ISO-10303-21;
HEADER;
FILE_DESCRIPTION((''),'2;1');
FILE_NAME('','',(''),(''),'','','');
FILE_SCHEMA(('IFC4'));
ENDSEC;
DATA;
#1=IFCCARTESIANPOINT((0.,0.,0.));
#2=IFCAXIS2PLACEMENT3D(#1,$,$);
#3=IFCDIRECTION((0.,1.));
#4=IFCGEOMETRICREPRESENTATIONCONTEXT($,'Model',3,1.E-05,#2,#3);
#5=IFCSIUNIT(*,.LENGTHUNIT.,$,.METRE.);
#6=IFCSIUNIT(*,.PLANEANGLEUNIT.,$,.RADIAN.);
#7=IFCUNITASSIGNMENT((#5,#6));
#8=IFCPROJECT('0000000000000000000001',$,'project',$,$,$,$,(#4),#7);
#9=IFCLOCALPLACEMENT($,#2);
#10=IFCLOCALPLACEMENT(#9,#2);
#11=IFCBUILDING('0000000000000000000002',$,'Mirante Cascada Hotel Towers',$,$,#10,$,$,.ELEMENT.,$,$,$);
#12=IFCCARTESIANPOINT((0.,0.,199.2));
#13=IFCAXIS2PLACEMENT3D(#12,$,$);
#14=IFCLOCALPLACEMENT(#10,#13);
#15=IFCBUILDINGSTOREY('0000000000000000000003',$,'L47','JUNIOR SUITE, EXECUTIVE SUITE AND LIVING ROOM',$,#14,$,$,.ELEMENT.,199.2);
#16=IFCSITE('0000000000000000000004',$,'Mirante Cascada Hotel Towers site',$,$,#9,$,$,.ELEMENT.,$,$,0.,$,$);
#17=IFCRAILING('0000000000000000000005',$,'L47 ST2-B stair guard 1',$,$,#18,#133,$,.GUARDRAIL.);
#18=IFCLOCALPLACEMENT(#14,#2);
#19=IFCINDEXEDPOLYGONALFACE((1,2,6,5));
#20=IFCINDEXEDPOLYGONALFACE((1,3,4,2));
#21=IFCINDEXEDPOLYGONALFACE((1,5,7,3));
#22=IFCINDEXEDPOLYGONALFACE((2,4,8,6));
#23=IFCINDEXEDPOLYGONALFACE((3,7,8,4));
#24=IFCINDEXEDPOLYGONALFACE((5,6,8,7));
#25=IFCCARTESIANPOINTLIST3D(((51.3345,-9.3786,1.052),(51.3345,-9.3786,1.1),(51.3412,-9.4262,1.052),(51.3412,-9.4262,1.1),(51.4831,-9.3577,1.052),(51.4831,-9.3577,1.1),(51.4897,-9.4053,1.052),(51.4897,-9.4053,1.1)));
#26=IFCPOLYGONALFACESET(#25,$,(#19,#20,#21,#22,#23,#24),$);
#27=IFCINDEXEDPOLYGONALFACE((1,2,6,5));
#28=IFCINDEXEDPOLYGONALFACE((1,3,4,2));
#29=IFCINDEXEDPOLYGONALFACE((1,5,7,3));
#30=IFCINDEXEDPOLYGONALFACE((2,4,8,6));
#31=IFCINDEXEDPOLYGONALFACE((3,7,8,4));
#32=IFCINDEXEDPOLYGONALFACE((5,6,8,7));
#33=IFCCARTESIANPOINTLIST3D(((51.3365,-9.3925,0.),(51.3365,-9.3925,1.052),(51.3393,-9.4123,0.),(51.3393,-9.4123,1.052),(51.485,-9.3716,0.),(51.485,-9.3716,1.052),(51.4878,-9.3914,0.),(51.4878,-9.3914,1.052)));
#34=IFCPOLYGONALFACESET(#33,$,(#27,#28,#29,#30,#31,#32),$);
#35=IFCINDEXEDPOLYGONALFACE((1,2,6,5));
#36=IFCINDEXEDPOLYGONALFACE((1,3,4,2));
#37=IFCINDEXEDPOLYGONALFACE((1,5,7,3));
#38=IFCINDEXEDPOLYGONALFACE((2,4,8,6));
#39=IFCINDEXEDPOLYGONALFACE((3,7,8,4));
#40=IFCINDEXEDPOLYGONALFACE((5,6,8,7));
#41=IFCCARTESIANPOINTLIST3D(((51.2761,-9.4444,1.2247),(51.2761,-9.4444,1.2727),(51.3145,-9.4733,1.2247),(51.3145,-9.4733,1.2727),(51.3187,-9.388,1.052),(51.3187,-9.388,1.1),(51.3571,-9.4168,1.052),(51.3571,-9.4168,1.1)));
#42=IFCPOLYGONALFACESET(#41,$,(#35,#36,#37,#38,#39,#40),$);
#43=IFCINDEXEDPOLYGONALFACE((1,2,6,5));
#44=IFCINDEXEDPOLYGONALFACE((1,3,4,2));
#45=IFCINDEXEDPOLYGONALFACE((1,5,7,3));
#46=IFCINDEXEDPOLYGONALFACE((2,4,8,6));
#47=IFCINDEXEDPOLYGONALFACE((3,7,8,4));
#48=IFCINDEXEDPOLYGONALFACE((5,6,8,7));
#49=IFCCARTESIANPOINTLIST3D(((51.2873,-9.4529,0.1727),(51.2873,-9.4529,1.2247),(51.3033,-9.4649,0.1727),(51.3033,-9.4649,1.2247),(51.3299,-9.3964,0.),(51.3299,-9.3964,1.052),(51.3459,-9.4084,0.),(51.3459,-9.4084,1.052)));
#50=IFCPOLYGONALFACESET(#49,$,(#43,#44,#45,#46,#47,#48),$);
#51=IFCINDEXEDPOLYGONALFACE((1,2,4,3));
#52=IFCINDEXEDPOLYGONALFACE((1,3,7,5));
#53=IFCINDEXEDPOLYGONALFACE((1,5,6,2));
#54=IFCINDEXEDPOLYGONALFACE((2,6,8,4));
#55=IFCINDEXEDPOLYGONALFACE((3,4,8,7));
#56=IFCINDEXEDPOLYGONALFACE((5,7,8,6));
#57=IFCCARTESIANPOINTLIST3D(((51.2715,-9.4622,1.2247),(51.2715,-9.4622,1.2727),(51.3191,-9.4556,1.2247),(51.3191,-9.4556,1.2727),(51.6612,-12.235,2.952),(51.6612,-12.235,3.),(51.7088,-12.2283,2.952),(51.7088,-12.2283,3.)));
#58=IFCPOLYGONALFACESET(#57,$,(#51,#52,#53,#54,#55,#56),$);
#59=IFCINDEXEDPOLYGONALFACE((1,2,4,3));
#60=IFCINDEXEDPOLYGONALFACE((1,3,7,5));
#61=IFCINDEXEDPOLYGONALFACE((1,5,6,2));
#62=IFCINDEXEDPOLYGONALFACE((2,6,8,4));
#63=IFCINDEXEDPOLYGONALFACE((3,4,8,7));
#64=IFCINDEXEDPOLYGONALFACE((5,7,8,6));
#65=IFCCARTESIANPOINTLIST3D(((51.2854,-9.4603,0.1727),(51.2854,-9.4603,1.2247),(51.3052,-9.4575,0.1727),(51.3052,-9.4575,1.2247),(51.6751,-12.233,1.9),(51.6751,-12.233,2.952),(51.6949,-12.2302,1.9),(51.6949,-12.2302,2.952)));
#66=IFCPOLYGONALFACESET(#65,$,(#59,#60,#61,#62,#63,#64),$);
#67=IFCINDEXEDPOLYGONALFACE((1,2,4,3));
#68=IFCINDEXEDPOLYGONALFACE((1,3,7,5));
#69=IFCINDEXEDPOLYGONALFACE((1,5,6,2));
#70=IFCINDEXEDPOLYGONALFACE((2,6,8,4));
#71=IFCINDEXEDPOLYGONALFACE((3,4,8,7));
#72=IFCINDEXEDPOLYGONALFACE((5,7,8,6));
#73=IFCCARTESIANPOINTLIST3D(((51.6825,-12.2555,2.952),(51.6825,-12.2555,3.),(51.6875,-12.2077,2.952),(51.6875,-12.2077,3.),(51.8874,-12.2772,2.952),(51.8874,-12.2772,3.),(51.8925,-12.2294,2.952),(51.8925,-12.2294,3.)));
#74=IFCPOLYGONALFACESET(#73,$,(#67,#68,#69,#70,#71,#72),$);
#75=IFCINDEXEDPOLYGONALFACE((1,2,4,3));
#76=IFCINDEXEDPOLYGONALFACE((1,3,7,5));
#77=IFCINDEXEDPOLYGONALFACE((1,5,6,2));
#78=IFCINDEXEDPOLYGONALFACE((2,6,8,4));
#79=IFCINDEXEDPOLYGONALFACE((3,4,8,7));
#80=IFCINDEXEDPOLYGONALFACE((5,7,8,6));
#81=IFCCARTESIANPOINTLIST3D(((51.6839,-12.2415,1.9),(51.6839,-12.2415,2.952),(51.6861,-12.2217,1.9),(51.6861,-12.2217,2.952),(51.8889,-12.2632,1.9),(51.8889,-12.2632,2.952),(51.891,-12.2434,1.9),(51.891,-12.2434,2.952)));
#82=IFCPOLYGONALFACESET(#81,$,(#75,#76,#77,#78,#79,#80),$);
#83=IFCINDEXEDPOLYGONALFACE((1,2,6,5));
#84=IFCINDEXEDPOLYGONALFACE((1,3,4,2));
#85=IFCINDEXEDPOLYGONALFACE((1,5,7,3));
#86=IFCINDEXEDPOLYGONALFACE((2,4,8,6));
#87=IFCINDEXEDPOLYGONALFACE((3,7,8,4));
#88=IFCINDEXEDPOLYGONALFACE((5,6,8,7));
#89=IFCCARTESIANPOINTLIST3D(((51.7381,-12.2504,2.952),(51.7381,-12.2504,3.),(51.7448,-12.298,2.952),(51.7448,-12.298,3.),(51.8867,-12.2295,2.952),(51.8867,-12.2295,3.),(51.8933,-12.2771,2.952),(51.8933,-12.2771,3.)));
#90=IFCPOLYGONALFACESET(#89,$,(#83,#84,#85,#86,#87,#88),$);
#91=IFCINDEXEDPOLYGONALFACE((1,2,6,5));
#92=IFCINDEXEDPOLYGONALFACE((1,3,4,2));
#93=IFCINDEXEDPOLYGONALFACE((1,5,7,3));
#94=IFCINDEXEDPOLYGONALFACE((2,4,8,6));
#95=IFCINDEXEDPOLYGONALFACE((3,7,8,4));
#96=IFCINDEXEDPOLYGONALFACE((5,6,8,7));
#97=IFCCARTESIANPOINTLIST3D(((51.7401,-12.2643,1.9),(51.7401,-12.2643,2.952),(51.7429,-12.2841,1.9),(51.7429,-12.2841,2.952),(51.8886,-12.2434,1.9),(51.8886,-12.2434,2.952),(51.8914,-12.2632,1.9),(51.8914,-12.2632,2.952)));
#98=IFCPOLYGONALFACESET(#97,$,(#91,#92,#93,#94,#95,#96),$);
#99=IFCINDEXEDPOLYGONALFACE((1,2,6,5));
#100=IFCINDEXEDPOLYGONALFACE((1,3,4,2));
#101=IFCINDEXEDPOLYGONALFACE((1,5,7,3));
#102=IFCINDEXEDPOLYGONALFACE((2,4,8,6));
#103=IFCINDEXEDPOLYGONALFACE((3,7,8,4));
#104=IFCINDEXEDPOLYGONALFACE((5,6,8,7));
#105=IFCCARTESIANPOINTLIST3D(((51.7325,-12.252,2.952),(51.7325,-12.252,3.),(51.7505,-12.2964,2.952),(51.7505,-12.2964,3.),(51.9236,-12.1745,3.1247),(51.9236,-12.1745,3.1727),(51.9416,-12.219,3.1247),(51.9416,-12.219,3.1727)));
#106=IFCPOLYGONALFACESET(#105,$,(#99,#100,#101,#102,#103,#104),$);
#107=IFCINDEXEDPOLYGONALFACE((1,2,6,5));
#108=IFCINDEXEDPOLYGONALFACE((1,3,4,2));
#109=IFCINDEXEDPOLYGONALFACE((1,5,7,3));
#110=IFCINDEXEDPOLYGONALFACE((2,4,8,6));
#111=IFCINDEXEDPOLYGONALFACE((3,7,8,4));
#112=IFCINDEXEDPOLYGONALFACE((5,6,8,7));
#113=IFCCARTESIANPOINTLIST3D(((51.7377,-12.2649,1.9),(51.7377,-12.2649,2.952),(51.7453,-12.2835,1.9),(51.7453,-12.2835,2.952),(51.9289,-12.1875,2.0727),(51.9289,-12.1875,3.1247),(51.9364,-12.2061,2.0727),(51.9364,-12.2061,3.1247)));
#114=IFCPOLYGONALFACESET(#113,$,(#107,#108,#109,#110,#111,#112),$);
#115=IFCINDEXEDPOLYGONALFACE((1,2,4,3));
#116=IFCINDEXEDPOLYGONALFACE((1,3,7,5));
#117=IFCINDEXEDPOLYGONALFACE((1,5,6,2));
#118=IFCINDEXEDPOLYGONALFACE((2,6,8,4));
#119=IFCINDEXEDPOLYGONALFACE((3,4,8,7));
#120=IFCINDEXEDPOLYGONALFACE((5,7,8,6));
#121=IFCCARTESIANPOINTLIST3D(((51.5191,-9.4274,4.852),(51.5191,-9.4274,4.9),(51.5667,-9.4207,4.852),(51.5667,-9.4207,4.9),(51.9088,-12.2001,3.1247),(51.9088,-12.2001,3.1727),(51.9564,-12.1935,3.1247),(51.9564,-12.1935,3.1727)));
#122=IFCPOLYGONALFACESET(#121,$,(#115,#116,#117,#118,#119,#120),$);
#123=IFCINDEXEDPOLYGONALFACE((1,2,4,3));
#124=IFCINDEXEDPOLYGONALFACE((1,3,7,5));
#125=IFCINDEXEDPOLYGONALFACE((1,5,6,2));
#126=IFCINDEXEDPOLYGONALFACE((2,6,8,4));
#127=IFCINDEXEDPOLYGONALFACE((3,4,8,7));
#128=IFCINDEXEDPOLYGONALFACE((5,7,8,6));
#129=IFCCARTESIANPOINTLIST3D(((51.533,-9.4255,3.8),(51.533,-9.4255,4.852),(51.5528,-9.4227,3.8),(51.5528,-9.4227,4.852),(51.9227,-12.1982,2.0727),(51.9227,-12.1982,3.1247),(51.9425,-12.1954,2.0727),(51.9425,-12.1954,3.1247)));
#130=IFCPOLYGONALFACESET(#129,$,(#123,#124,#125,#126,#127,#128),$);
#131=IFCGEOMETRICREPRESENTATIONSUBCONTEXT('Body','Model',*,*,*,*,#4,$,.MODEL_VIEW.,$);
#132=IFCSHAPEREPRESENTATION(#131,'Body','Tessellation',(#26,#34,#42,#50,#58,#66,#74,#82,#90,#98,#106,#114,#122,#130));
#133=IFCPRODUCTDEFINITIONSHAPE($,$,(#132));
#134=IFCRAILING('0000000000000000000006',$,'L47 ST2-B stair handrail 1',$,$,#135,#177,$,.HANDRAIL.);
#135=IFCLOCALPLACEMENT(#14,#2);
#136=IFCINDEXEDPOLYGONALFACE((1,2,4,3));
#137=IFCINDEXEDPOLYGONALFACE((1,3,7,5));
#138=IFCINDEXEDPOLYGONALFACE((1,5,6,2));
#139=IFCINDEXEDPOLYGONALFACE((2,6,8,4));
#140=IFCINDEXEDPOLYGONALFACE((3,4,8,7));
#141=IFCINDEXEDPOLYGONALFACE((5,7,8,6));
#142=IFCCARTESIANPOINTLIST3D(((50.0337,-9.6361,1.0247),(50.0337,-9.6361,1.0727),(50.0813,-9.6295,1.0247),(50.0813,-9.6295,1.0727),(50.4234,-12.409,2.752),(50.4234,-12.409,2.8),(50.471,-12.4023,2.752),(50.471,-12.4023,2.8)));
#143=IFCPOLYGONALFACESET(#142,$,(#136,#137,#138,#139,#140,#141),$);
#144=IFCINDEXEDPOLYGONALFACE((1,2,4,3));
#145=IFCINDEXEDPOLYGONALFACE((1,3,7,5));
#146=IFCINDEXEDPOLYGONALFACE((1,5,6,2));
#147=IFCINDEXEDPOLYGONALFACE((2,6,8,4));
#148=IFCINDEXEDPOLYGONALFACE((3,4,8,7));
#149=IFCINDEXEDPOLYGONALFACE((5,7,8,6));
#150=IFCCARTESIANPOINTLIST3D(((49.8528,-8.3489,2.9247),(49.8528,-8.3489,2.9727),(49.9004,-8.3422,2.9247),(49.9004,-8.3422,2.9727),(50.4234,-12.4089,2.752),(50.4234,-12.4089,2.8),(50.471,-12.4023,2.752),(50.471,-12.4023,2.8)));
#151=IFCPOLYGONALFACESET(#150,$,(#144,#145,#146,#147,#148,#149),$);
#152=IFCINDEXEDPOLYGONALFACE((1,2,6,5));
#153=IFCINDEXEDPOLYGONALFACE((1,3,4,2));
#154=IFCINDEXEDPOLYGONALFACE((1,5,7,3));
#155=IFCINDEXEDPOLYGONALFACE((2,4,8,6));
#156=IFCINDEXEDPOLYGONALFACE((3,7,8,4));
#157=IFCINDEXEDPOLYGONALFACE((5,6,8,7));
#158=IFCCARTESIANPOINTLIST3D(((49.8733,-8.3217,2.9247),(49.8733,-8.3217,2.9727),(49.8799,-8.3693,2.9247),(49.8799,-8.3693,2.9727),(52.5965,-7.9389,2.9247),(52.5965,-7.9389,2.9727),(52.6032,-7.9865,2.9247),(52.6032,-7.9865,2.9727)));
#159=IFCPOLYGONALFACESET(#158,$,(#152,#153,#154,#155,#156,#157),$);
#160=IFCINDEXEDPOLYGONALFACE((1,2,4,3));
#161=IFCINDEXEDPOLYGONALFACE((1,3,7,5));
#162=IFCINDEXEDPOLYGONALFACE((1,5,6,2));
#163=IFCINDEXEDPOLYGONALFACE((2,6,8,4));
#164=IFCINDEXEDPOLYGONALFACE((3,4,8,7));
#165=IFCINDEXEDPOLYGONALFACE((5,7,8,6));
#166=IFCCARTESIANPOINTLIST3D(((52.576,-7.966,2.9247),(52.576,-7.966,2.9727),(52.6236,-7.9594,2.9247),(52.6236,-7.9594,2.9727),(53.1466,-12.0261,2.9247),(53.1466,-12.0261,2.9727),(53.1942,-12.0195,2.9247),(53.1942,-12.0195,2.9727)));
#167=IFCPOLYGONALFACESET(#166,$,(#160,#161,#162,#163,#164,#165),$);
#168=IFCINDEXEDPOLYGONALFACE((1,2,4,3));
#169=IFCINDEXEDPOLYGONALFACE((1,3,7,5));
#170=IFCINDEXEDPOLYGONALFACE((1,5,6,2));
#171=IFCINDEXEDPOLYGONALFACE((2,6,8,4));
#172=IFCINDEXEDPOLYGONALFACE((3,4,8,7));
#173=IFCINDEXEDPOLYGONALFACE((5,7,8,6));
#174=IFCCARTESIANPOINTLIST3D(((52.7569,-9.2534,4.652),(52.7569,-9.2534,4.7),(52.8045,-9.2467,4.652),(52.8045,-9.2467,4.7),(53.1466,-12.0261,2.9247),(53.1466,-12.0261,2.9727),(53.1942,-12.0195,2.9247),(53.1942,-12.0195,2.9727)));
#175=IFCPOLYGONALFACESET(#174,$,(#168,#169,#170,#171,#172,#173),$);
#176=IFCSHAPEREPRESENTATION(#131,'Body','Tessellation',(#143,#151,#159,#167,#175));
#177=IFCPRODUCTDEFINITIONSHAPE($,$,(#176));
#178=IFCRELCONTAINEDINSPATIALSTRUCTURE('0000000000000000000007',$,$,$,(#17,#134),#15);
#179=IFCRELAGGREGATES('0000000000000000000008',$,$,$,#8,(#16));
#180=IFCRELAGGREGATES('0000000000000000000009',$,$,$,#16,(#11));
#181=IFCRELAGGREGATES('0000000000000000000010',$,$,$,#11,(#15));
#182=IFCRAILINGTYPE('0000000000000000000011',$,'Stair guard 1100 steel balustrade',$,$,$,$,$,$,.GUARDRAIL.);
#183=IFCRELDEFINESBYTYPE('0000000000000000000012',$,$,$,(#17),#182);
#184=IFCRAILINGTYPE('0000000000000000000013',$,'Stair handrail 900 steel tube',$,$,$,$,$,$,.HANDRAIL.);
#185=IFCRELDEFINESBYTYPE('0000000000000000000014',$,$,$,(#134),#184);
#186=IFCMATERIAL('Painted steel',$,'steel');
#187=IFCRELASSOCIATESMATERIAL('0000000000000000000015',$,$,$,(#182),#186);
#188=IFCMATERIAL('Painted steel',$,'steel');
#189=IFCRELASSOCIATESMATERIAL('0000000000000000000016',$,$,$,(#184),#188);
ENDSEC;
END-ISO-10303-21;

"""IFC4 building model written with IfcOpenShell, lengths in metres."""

from ifc_helpers import new_model, si_unit, direction, frame, origin, origin_2d, place, context, subcontext, project, spatial, rectangle, extrude, material, type_object, element, save


model = new_model("IFC4")

# Units and contexts
model_context = context("Model", 3, precision=1e-05, world=origin(), true_north=direction((0.0, 1.0)))
body_context = subcontext(model_context, "Body", "Model", "MODEL_VIEW")
ifc_project = project(units=[si_unit("LENGTHUNIT", "METRE"), si_unit("PLANEANGLEUNIT", "RADIAN")], contexts=[model_context])

# Site, building, storey
site_placement = place(None, origin())
site = spatial("IfcSite", under=ifc_project, at=site_placement, Name="Mirante Cascada Hotel Towers site", CompositionType="ELEMENT", RefElevation=0.0)
building_placement = place(site_placement, origin())
building = spatial("IfcBuilding", under=site, at=building_placement, Name="Mirante Cascada Hotel Towers", CompositionType="ELEMENT")
storey_placement = place(building_placement, frame((0.0, 0.0, 199.2)))
storey = spatial("IfcBuildingStorey", under=building, at=storey_placement, Name="L47", Description="JUNIOR SUITE, EXECUTIVE SUITE AND LIVING ROOM", CompositionType="ELEMENT", Elevation=199.2)

# Railings
ifc_material_1 = material(Name="Painted steel", Category="steel")
railing_type_1 = type_object("IfcRailingType", Name="Stair guard 1100 steel balustrade", PredefinedType="GUARDRAIL", material=ifc_material_1)
railing_1_placement = place(storey_placement, frame((51.4864, -9.3815, 0.0)))
element("IfcRailing", 1, at=railing_1_placement, inside=storey, type_object=railing_type_1, Name="L47 ST2-B stair guard 1", PredefinedType="GUARDRAIL", context=body_context, shape_type="SweptSolid", body=[
    extrude(rectangle(XDim=0.048, YDim=0.048, at=origin_2d()), frame((0.0, 0.0, 1.076), z_axis=(-0.990241, -0.139367, 0.0), x_axis=(0.139367, -0.990241, 0.0)), (0.0, 0.0, 1.0), 0.15),
    extrude(rectangle(XDim=0.02, YDim=1.052, at=origin_2d()), frame((0.0, 0.0, 0.526), z_axis=(-0.990241, -0.139367, 0.0), x_axis=(0.139367, -0.990241, 0.0)), (0.0, 0.0, 1.0), 0.15),
    extrude(rectangle(XDim=0.048, YDim=0.048, at=origin_2d()), frame((-0.1485, -0.0209, 1.076), z_axis=(-0.602033, -0.798471, 0.0), x_axis=(0.798471, -0.602033, 0.0)), (0.0, 0.92534, 0.379139), 0.1866),
    extrude(rectangle(XDim=0.02, YDim=1.052, at=origin_2d()), frame((-0.1485, -0.0209, 0.526), z_axis=(-0.602033, -0.798471, 0.0), x_axis=(0.798471, -0.602033, 0.0)), (0.0, 0.92534, 0.379139), 0.1866),
    extrude(rectangle(XDim=0.048, YDim=0.048, at=origin_2d()), frame((-0.1911, -0.0774, 1.2487), z_axis=(0.139181, -0.990267, 0.0), x_axis=(0.990267, 0.139181, 0.0)), (0.0, 0.525035, 0.851081), 3.2899),
    extrude(rectangle(XDim=0.02, YDim=1.052, at=origin_2d()), frame((-0.1911, -0.0774, 0.6987), z_axis=(0.139181, -0.990267, 0.0), x_axis=(0.990267, 0.139181, 0.0)), (0.0, 0.525035, 0.851081), 3.2899),
    extrude(rectangle(XDim=0.048, YDim=0.048, at=origin_2d()), frame((0.1986, -2.8501, 2.976), z_axis=(0.994444, -0.105266, 0.0), x_axis=(0.105266, 0.994444, 0.0)), (0.0, 0.0, 1.0), 0.2061),
    extrude(rectangle(XDim=0.02, YDim=1.052, at=origin_2d()), frame((0.1986, -2.8501, 2.426), z_axis=(0.994444, -0.105266, 0.0), x_axis=(0.105266, 0.994444, 0.0)), (0.0, 0.0, 1.0), 0.2061),
    extrude(rectangle(XDim=0.048, YDim=0.048, at=origin_2d()), frame((0.4036, -2.8718, 2.976), z_axis=(-0.990241, -0.139367, 0.0), x_axis=(0.139367, -0.990241, 0.0)), (0.0, 0.0, 1.0), 0.15),
    extrude(rectangle(XDim=0.02, YDim=1.052, at=origin_2d()), frame((0.4036, -2.8718, 2.426), z_axis=(-0.990241, -0.139367, 0.0), x_axis=(0.139367, -0.990241, 0.0)), (0.0, 0.0, 1.0), 0.15),
    extrude(rectangle(XDim=0.048, YDim=0.048, at=origin_2d()), frame((0.2551, -2.8927, 2.976), z_axis=(0.926862, 0.375401, 0.0), x_axis=(-0.375401, 0.926862, 0.0)), (0.0, 0.642122, 0.766603), 0.269),
    extrude(rectangle(XDim=0.02, YDim=1.052, at=origin_2d()), frame((0.2551, -2.8927, 2.426), z_axis=(0.926862, 0.375401, 0.0), x_axis=(-0.375401, 0.926862, 0.0)), (0.0, 0.642122, 0.766603), 0.269),
    extrude(rectangle(XDim=0.048, YDim=0.048, at=origin_2d()), frame((0.4462, -2.8153, 3.1487), z_axis=(-0.139181, 0.990267, 0.0), x_axis=(-0.990267, -0.139181, 0.0)), (0.0, 0.525035, 0.851081), 3.2899),
    extrude(rectangle(XDim=0.02, YDim=1.052, at=origin_2d()), frame((0.4462, -2.8153, 2.5987), z_axis=(-0.139181, 0.990267, 0.0), x_axis=(-0.990267, -0.139181, 0.0)), (0.0, 0.525035, 0.851081), 3.2899),
])
ifc_material_2 = material(Name="Painted steel", Category="steel")
railing_type_2 = type_object("IfcRailingType", Name="Stair handrail 900 steel tube", PredefinedType="HANDRAIL", material=ifc_material_2)
railing_2_placement = place(storey_placement, frame((50.0575, -9.6328, 0.1727)))
element("IfcRailing", 2, at=railing_2_placement, inside=storey, type_object=railing_type_2, Name="L47 ST2-B stair handrail 1", PredefinedType="HANDRAIL", context=body_context, shape_type="SweptSolid", body=[
    extrude(rectangle(XDim=0.048, YDim=0.048, at=origin_2d()), frame((0.0, 0.0, 0.876), z_axis=(0.139176, -0.990268, 0.0), x_axis=(0.990268, 0.139176, 0.0)), (0.0, 0.525021, 0.851089), 3.29),
    extrude(rectangle(XDim=0.048, YDim=0.048, at=origin_2d()), frame((0.3897, -2.7728, 2.6033), z_axis=(-0.139171, 0.990268, 0.0), x_axis=(-0.990268, -0.139171, 0.0)), (0.0, 0.042085, 0.999114), 4.1036),
    extrude(rectangle(XDim=0.048, YDim=0.048, at=origin_2d()), frame((-0.1809, 1.2873, 2.776), z_axis=(0.990264, 0.139201, 0.0), x_axis=(-0.139201, 0.990264, 0.0)), (0.0, 0.0, 1.0), 2.75),
    extrude(rectangle(XDim=0.048, YDim=0.048, at=origin_2d()), frame((2.5423, 1.6701, 2.776), z_axis=(0.139171, -0.990268, 0.0), x_axis=(0.990268, 0.139171, 0.0)), (0.0, 0.0, 1.0), 4.1),
    extrude(rectangle(XDim=0.048, YDim=0.048, at=origin_2d()), frame((3.1129, -2.39, 2.776), z_axis=(-0.139181, 0.990267, 0.0), x_axis=(-0.990267, -0.139181, 0.0)), (0.0, 0.525035, 0.851081), 3.2899),
])

save(model, "model.ifc")
